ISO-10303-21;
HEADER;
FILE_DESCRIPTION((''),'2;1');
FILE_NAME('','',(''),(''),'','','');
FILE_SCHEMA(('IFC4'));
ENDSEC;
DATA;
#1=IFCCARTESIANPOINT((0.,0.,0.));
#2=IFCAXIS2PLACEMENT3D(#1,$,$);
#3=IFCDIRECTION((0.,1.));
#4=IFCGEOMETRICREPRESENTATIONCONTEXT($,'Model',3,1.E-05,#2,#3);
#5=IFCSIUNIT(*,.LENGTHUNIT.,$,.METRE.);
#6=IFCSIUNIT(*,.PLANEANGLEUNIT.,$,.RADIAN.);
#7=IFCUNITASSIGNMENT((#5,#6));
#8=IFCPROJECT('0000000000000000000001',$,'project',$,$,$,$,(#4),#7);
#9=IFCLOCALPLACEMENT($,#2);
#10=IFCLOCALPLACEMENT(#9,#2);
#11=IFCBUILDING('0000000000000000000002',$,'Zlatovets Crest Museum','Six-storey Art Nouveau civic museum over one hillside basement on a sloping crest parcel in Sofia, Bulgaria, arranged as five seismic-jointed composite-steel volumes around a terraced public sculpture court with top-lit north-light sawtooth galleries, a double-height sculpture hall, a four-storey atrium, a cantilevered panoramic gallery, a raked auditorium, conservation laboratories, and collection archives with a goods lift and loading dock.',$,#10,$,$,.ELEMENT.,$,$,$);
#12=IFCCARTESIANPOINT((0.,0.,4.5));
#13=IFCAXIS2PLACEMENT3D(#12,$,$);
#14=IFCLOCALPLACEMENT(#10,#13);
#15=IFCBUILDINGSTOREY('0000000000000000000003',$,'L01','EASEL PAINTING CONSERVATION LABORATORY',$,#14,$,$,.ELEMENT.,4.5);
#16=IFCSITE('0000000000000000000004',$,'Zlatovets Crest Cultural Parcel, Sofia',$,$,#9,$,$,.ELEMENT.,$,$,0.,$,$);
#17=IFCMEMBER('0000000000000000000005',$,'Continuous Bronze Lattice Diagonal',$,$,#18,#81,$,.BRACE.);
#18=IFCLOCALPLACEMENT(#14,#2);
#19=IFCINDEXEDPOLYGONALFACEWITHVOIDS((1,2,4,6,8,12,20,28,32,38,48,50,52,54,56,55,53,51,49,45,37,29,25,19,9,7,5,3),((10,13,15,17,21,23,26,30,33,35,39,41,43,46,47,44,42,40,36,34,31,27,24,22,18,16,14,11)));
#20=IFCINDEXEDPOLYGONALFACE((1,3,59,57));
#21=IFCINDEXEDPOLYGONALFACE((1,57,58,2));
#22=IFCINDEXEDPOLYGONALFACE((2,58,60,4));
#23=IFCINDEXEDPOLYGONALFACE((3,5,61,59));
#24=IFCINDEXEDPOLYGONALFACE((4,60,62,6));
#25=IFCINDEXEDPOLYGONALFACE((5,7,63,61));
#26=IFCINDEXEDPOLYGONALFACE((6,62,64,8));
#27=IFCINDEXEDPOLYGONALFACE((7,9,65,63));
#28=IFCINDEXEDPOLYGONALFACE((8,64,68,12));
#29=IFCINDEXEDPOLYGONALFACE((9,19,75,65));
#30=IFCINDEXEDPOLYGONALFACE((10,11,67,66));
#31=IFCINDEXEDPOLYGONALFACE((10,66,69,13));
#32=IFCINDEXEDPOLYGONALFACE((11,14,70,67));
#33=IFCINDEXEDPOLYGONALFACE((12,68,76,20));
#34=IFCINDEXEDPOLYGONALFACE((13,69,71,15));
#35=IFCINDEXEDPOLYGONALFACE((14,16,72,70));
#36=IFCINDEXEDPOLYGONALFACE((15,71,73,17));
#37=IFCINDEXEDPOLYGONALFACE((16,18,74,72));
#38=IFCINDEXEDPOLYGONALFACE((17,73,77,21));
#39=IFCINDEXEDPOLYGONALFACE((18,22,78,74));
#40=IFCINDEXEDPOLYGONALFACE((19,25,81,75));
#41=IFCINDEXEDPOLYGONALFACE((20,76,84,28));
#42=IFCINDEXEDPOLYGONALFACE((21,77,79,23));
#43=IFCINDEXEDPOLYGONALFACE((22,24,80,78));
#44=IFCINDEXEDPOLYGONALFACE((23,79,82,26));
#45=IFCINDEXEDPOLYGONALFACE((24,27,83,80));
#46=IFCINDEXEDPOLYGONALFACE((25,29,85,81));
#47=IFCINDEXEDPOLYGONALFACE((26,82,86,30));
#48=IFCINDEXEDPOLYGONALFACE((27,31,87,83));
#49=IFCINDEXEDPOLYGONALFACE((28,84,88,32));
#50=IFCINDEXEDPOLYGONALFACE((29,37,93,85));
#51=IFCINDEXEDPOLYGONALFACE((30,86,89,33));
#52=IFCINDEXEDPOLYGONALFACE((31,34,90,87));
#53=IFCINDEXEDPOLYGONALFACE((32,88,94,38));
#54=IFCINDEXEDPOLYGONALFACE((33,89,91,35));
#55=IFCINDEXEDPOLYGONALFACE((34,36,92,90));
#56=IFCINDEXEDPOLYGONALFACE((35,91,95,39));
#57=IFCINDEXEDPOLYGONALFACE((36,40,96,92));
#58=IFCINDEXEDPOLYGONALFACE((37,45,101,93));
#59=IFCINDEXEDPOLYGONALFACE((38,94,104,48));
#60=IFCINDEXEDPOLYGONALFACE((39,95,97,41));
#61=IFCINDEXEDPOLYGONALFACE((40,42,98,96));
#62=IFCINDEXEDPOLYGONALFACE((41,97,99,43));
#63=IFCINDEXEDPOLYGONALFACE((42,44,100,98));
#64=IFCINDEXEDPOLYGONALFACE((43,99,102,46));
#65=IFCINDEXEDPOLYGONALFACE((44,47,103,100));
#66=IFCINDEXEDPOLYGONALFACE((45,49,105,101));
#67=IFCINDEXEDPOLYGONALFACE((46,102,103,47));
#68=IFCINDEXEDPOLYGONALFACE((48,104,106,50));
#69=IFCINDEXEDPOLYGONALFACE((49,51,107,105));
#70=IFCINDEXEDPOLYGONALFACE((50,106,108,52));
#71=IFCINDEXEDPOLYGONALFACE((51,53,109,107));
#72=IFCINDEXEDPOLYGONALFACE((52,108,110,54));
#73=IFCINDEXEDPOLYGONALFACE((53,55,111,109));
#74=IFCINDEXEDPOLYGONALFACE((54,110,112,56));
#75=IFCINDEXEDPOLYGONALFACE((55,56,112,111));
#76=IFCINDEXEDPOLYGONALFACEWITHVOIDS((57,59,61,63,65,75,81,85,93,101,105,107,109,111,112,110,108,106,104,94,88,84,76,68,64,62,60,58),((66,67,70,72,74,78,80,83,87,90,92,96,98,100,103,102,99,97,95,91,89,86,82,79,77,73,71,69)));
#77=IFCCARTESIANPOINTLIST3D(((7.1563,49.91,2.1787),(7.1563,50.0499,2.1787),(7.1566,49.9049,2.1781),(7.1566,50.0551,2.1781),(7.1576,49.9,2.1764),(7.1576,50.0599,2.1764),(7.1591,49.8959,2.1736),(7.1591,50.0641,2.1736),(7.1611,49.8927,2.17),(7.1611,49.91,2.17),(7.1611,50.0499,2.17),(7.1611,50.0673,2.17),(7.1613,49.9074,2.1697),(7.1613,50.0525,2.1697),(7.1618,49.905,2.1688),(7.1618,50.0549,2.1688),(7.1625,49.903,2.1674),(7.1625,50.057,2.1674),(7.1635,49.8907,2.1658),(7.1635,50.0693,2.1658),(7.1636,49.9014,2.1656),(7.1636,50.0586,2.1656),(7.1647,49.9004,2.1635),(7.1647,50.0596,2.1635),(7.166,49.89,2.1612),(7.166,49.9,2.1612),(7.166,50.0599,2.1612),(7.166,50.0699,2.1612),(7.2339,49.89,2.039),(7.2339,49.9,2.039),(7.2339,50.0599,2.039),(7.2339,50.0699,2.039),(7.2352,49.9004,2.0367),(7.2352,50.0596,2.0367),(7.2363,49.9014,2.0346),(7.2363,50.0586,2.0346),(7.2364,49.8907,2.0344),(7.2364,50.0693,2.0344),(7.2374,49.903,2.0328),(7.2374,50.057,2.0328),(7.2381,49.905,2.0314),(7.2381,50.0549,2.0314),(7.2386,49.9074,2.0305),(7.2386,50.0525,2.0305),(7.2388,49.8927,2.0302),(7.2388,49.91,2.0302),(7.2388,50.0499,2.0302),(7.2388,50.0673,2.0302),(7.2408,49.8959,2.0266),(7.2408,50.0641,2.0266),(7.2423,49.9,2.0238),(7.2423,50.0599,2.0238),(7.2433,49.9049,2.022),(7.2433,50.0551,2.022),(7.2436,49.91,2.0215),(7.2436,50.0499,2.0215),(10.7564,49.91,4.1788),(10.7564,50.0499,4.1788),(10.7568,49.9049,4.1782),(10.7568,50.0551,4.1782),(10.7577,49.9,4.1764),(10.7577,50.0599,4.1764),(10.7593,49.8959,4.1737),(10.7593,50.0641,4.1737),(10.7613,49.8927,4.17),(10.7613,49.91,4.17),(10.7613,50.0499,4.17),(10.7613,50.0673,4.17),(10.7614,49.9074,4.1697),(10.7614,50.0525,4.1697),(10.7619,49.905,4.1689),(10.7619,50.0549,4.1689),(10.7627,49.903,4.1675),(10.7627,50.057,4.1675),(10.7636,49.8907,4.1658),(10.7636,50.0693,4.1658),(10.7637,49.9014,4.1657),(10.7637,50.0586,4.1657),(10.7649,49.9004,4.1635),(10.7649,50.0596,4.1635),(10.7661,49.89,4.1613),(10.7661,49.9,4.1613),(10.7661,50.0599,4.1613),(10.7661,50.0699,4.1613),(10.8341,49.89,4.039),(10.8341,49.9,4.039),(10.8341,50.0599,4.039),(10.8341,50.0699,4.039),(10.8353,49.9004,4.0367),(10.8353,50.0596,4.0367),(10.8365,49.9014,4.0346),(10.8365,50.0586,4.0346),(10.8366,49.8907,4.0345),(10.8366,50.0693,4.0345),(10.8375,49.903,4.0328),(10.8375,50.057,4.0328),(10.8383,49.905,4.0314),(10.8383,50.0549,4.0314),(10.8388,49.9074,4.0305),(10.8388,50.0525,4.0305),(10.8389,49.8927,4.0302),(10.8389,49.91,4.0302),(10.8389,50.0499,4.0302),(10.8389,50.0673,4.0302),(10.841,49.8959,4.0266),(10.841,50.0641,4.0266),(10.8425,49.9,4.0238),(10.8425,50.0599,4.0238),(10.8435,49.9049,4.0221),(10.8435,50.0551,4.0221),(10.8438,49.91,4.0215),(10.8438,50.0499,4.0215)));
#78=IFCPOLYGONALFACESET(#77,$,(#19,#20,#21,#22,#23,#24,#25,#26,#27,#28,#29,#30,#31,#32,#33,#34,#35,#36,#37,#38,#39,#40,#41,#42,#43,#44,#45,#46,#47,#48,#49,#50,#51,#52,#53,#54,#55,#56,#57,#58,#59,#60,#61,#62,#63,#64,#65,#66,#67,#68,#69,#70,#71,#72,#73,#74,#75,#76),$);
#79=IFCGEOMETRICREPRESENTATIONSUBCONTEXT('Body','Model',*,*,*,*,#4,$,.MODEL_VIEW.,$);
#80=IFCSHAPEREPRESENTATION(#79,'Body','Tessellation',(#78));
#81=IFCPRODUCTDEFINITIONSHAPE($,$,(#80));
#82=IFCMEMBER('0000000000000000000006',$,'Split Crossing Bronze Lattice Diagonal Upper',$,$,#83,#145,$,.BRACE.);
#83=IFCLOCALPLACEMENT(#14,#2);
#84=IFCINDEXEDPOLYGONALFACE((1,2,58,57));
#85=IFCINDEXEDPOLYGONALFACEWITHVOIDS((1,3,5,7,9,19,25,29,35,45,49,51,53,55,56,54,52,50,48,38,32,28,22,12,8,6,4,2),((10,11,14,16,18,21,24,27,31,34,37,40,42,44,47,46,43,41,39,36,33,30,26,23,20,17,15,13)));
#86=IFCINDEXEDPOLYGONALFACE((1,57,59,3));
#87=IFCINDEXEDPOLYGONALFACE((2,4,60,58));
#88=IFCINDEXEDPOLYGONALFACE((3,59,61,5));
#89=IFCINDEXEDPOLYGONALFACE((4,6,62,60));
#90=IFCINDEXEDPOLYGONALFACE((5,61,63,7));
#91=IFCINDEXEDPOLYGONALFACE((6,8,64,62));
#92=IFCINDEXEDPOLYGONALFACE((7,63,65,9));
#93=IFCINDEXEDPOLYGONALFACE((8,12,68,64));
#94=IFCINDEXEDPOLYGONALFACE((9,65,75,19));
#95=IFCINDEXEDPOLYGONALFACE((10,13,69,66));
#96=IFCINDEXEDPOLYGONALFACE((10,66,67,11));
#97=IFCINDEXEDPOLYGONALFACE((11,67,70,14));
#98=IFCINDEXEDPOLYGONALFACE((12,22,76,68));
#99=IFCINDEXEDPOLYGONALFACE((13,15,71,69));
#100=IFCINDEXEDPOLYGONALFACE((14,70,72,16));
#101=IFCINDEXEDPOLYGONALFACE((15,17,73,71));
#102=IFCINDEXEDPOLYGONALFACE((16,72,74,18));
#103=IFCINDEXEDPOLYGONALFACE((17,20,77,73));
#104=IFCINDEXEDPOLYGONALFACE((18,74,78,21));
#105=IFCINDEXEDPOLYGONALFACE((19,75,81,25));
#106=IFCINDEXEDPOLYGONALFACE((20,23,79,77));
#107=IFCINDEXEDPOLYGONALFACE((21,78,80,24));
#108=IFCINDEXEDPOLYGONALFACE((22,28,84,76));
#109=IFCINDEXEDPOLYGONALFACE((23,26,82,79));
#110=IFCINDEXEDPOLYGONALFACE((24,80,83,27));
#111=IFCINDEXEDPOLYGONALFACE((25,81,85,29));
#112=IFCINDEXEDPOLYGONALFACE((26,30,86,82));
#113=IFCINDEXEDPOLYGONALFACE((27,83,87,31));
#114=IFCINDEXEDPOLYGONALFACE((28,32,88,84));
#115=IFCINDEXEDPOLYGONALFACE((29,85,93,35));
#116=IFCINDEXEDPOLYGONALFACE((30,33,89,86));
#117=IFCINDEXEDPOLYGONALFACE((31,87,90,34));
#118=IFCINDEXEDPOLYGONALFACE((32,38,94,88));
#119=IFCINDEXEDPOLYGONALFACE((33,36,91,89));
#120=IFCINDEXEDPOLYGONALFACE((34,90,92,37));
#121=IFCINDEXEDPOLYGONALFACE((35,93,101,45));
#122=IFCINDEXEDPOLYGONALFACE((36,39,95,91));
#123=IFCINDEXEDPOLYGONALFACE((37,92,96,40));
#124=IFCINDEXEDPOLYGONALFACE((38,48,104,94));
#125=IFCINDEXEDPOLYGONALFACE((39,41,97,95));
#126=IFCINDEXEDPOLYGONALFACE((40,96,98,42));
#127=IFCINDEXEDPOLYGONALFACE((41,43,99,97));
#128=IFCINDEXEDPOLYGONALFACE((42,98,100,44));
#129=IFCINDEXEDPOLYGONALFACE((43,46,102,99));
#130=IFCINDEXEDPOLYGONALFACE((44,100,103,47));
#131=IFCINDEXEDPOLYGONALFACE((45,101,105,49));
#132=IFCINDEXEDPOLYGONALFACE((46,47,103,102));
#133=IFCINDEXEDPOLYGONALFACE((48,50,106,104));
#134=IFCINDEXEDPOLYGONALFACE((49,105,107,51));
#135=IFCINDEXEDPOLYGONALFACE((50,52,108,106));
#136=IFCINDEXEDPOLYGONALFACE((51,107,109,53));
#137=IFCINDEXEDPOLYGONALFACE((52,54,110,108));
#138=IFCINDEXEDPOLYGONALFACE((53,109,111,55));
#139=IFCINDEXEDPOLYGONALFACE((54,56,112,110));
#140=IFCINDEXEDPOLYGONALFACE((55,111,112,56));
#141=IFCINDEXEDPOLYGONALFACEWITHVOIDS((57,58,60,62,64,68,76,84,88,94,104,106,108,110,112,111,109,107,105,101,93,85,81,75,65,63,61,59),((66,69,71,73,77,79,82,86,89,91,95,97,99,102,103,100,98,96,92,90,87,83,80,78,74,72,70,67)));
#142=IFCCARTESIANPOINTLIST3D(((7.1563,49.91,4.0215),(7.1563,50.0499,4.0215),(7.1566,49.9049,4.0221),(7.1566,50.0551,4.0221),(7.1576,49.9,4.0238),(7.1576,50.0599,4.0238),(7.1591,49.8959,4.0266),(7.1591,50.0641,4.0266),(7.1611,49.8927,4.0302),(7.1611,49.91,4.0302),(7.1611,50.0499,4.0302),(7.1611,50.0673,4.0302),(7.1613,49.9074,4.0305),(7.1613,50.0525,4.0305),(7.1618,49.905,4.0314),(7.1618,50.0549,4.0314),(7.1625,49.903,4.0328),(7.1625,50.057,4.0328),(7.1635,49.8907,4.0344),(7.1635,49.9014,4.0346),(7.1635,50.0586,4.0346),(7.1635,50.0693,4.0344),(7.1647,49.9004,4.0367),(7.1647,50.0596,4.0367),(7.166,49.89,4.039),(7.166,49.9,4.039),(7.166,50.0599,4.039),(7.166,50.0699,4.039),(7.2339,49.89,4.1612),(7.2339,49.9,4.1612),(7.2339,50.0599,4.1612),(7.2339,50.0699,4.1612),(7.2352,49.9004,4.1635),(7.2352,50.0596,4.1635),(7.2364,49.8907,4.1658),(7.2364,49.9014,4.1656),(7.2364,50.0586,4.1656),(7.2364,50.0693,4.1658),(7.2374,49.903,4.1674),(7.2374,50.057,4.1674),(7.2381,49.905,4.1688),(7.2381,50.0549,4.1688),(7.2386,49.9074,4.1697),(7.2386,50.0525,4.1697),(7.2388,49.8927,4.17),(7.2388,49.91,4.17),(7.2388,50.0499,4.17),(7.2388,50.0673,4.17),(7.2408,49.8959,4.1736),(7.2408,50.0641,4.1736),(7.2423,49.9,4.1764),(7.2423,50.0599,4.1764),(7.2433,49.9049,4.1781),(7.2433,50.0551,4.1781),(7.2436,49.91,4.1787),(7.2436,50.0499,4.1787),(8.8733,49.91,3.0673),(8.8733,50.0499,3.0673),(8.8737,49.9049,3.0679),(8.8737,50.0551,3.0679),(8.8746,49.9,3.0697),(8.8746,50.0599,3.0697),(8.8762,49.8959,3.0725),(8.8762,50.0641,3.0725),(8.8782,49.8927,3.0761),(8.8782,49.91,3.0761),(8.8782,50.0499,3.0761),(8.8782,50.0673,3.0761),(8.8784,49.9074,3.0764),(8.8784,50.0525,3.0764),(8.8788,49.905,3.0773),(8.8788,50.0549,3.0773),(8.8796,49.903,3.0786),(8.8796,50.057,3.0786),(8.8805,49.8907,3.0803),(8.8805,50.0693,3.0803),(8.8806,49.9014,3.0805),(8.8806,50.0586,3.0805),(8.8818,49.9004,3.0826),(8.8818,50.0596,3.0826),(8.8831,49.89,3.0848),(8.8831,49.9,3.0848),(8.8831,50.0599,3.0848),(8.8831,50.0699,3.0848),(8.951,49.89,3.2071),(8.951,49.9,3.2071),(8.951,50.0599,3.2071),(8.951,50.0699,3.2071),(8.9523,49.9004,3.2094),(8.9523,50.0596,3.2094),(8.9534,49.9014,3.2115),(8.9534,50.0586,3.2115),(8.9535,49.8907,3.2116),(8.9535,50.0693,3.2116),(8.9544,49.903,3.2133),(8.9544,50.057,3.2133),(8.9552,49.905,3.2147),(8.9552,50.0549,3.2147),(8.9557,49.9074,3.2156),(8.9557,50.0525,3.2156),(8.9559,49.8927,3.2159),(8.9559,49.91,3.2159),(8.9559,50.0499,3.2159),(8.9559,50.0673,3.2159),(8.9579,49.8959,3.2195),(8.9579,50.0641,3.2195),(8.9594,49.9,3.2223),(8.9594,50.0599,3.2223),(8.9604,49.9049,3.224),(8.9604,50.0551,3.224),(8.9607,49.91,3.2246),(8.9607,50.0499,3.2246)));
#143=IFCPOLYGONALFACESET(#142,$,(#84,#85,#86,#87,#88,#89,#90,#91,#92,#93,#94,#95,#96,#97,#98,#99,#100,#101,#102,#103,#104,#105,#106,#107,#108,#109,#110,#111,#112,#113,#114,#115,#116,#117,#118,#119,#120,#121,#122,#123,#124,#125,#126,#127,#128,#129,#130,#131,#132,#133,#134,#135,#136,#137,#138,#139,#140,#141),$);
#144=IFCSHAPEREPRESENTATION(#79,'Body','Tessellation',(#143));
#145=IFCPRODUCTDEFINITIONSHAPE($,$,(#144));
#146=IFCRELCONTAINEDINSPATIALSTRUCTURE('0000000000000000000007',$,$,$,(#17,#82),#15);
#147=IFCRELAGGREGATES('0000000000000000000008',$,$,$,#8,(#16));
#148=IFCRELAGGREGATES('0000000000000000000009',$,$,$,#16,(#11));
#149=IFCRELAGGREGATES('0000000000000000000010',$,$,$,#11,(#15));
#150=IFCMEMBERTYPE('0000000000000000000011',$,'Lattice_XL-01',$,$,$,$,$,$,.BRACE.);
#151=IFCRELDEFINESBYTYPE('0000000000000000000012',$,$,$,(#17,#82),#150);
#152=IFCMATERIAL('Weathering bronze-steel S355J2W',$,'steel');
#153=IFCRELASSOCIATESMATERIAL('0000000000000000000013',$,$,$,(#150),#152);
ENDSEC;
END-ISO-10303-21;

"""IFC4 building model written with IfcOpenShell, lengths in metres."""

from ifc_helpers import new_model, si_unit, direction, frame, origin, origin_2d, place, context, subcontext, project, spatial, hollow_rectangle, extrude, material, material_profile, profile_set, type_object, element, save


model = new_model("IFC4")

# Units and contexts
model_context = context("Model", 3, precision=1e-05, world=origin(), true_north=direction((0.0, 1.0)))
body_context = subcontext(model_context, "Body", "Model", "MODEL_VIEW")
ifc_project = project(units=[si_unit("LENGTHUNIT", "METRE"), si_unit("PLANEANGLEUNIT", "RADIAN")], contexts=[model_context])

# Site, building, storey
site_placement = place(None, origin())
site = spatial("IfcSite", under=ifc_project, at=site_placement, Name="Zlatovets Crest Cultural Parcel, Sofia", CompositionType="ELEMENT", RefElevation=0.0)
building_placement = place(site_placement, origin())
building = spatial("IfcBuilding", under=site, at=building_placement, Name="Zlatovets Crest Museum", Description="Six-storey Art Nouveau civic museum over one hillside basement on a sloping crest parcel in Sofia, Bulgaria, arranged as five seismic-jointed composite-steel volumes around a terraced public sculpture court with top-lit north-light sawtooth galleries, a double-height sculpture hall, a four-storey atrium, a cantilevered panoramic gallery, a raked auditorium, conservation laboratories, and collection archives with a goods lift and loading dock.", CompositionType="ELEMENT")
storey_placement = place(building_placement, frame((0.0, 0.0, 4.5)))
storey = spatial("IfcBuildingStorey", under=building, at=storey_placement, Name="L01", Description="EASEL PAINTING CONSERVATION LABORATORY", CompositionType="ELEMENT", Elevation=4.5)

# Members
ifc_material_1 = material(Name="Weathering bronze-steel S355J2W", Category="steel")
ifc_material_profile_1 = material_profile(ifc_material_1, hollow_rectangle(XDim=0.1799, YDim=0.1799, WallThickness=0.01, InnerFilletRadius=0.01, OuterFilletRadius=0.02, at=origin_2d()), Name="SHS 180x180x10.0")
ifc_profile_set_1 = profile_set([ifc_material_profile_1], Name="Weathering bronze-steel S355J2W")
member_type_1 = type_object("IfcMemberType", Name="Lattice_XL-01", PredefinedType="BRACE", material=ifc_profile_set_1)
member_1_placement = place(storey_placement, frame((7.2, 49.98, 2.1001), z_axis=(0.874163, 0.0, 0.485633), x_axis=(0.0, 1.0, 0.0)))
element("IfcMember", 1, at=member_1_placement, inside=storey, type_object=member_type_1, Name="Continuous Bronze Lattice Diagonal", PredefinedType="BRACE", context=body_context, shape_type="SweptSolid", body=[
    extrude(hollow_rectangle(XDim=0.1799, YDim=0.1799, WallThickness=0.01, InnerFilletRadius=0.01, OuterFilletRadius=0.02, at=origin_2d()), origin(), (0.0, 0.0, 1.0), 4.1184),
])
member_2_placement = place(storey_placement, frame((7.2, 49.98, 4.1001), z_axis=(0.874116, 0.0, -0.485717), x_axis=(0.0, 1.0, 0.0)))
element("IfcMember", 2, at=member_2_placement, inside=storey, type_object=member_type_1, Name="Split Crossing Bronze Lattice Diagonal Upper", PredefinedType="BRACE", context=body_context, shape_type="SweptSolid", body=[
    extrude(hollow_rectangle(XDim=0.1799, YDim=0.1799, WallThickness=0.01, InnerFilletRadius=0.01, OuterFilletRadius=0.02, at=origin_2d()), origin(), (0.0, 0.0, 1.0), 1.9644),
])

save(model, "model.ifc")
